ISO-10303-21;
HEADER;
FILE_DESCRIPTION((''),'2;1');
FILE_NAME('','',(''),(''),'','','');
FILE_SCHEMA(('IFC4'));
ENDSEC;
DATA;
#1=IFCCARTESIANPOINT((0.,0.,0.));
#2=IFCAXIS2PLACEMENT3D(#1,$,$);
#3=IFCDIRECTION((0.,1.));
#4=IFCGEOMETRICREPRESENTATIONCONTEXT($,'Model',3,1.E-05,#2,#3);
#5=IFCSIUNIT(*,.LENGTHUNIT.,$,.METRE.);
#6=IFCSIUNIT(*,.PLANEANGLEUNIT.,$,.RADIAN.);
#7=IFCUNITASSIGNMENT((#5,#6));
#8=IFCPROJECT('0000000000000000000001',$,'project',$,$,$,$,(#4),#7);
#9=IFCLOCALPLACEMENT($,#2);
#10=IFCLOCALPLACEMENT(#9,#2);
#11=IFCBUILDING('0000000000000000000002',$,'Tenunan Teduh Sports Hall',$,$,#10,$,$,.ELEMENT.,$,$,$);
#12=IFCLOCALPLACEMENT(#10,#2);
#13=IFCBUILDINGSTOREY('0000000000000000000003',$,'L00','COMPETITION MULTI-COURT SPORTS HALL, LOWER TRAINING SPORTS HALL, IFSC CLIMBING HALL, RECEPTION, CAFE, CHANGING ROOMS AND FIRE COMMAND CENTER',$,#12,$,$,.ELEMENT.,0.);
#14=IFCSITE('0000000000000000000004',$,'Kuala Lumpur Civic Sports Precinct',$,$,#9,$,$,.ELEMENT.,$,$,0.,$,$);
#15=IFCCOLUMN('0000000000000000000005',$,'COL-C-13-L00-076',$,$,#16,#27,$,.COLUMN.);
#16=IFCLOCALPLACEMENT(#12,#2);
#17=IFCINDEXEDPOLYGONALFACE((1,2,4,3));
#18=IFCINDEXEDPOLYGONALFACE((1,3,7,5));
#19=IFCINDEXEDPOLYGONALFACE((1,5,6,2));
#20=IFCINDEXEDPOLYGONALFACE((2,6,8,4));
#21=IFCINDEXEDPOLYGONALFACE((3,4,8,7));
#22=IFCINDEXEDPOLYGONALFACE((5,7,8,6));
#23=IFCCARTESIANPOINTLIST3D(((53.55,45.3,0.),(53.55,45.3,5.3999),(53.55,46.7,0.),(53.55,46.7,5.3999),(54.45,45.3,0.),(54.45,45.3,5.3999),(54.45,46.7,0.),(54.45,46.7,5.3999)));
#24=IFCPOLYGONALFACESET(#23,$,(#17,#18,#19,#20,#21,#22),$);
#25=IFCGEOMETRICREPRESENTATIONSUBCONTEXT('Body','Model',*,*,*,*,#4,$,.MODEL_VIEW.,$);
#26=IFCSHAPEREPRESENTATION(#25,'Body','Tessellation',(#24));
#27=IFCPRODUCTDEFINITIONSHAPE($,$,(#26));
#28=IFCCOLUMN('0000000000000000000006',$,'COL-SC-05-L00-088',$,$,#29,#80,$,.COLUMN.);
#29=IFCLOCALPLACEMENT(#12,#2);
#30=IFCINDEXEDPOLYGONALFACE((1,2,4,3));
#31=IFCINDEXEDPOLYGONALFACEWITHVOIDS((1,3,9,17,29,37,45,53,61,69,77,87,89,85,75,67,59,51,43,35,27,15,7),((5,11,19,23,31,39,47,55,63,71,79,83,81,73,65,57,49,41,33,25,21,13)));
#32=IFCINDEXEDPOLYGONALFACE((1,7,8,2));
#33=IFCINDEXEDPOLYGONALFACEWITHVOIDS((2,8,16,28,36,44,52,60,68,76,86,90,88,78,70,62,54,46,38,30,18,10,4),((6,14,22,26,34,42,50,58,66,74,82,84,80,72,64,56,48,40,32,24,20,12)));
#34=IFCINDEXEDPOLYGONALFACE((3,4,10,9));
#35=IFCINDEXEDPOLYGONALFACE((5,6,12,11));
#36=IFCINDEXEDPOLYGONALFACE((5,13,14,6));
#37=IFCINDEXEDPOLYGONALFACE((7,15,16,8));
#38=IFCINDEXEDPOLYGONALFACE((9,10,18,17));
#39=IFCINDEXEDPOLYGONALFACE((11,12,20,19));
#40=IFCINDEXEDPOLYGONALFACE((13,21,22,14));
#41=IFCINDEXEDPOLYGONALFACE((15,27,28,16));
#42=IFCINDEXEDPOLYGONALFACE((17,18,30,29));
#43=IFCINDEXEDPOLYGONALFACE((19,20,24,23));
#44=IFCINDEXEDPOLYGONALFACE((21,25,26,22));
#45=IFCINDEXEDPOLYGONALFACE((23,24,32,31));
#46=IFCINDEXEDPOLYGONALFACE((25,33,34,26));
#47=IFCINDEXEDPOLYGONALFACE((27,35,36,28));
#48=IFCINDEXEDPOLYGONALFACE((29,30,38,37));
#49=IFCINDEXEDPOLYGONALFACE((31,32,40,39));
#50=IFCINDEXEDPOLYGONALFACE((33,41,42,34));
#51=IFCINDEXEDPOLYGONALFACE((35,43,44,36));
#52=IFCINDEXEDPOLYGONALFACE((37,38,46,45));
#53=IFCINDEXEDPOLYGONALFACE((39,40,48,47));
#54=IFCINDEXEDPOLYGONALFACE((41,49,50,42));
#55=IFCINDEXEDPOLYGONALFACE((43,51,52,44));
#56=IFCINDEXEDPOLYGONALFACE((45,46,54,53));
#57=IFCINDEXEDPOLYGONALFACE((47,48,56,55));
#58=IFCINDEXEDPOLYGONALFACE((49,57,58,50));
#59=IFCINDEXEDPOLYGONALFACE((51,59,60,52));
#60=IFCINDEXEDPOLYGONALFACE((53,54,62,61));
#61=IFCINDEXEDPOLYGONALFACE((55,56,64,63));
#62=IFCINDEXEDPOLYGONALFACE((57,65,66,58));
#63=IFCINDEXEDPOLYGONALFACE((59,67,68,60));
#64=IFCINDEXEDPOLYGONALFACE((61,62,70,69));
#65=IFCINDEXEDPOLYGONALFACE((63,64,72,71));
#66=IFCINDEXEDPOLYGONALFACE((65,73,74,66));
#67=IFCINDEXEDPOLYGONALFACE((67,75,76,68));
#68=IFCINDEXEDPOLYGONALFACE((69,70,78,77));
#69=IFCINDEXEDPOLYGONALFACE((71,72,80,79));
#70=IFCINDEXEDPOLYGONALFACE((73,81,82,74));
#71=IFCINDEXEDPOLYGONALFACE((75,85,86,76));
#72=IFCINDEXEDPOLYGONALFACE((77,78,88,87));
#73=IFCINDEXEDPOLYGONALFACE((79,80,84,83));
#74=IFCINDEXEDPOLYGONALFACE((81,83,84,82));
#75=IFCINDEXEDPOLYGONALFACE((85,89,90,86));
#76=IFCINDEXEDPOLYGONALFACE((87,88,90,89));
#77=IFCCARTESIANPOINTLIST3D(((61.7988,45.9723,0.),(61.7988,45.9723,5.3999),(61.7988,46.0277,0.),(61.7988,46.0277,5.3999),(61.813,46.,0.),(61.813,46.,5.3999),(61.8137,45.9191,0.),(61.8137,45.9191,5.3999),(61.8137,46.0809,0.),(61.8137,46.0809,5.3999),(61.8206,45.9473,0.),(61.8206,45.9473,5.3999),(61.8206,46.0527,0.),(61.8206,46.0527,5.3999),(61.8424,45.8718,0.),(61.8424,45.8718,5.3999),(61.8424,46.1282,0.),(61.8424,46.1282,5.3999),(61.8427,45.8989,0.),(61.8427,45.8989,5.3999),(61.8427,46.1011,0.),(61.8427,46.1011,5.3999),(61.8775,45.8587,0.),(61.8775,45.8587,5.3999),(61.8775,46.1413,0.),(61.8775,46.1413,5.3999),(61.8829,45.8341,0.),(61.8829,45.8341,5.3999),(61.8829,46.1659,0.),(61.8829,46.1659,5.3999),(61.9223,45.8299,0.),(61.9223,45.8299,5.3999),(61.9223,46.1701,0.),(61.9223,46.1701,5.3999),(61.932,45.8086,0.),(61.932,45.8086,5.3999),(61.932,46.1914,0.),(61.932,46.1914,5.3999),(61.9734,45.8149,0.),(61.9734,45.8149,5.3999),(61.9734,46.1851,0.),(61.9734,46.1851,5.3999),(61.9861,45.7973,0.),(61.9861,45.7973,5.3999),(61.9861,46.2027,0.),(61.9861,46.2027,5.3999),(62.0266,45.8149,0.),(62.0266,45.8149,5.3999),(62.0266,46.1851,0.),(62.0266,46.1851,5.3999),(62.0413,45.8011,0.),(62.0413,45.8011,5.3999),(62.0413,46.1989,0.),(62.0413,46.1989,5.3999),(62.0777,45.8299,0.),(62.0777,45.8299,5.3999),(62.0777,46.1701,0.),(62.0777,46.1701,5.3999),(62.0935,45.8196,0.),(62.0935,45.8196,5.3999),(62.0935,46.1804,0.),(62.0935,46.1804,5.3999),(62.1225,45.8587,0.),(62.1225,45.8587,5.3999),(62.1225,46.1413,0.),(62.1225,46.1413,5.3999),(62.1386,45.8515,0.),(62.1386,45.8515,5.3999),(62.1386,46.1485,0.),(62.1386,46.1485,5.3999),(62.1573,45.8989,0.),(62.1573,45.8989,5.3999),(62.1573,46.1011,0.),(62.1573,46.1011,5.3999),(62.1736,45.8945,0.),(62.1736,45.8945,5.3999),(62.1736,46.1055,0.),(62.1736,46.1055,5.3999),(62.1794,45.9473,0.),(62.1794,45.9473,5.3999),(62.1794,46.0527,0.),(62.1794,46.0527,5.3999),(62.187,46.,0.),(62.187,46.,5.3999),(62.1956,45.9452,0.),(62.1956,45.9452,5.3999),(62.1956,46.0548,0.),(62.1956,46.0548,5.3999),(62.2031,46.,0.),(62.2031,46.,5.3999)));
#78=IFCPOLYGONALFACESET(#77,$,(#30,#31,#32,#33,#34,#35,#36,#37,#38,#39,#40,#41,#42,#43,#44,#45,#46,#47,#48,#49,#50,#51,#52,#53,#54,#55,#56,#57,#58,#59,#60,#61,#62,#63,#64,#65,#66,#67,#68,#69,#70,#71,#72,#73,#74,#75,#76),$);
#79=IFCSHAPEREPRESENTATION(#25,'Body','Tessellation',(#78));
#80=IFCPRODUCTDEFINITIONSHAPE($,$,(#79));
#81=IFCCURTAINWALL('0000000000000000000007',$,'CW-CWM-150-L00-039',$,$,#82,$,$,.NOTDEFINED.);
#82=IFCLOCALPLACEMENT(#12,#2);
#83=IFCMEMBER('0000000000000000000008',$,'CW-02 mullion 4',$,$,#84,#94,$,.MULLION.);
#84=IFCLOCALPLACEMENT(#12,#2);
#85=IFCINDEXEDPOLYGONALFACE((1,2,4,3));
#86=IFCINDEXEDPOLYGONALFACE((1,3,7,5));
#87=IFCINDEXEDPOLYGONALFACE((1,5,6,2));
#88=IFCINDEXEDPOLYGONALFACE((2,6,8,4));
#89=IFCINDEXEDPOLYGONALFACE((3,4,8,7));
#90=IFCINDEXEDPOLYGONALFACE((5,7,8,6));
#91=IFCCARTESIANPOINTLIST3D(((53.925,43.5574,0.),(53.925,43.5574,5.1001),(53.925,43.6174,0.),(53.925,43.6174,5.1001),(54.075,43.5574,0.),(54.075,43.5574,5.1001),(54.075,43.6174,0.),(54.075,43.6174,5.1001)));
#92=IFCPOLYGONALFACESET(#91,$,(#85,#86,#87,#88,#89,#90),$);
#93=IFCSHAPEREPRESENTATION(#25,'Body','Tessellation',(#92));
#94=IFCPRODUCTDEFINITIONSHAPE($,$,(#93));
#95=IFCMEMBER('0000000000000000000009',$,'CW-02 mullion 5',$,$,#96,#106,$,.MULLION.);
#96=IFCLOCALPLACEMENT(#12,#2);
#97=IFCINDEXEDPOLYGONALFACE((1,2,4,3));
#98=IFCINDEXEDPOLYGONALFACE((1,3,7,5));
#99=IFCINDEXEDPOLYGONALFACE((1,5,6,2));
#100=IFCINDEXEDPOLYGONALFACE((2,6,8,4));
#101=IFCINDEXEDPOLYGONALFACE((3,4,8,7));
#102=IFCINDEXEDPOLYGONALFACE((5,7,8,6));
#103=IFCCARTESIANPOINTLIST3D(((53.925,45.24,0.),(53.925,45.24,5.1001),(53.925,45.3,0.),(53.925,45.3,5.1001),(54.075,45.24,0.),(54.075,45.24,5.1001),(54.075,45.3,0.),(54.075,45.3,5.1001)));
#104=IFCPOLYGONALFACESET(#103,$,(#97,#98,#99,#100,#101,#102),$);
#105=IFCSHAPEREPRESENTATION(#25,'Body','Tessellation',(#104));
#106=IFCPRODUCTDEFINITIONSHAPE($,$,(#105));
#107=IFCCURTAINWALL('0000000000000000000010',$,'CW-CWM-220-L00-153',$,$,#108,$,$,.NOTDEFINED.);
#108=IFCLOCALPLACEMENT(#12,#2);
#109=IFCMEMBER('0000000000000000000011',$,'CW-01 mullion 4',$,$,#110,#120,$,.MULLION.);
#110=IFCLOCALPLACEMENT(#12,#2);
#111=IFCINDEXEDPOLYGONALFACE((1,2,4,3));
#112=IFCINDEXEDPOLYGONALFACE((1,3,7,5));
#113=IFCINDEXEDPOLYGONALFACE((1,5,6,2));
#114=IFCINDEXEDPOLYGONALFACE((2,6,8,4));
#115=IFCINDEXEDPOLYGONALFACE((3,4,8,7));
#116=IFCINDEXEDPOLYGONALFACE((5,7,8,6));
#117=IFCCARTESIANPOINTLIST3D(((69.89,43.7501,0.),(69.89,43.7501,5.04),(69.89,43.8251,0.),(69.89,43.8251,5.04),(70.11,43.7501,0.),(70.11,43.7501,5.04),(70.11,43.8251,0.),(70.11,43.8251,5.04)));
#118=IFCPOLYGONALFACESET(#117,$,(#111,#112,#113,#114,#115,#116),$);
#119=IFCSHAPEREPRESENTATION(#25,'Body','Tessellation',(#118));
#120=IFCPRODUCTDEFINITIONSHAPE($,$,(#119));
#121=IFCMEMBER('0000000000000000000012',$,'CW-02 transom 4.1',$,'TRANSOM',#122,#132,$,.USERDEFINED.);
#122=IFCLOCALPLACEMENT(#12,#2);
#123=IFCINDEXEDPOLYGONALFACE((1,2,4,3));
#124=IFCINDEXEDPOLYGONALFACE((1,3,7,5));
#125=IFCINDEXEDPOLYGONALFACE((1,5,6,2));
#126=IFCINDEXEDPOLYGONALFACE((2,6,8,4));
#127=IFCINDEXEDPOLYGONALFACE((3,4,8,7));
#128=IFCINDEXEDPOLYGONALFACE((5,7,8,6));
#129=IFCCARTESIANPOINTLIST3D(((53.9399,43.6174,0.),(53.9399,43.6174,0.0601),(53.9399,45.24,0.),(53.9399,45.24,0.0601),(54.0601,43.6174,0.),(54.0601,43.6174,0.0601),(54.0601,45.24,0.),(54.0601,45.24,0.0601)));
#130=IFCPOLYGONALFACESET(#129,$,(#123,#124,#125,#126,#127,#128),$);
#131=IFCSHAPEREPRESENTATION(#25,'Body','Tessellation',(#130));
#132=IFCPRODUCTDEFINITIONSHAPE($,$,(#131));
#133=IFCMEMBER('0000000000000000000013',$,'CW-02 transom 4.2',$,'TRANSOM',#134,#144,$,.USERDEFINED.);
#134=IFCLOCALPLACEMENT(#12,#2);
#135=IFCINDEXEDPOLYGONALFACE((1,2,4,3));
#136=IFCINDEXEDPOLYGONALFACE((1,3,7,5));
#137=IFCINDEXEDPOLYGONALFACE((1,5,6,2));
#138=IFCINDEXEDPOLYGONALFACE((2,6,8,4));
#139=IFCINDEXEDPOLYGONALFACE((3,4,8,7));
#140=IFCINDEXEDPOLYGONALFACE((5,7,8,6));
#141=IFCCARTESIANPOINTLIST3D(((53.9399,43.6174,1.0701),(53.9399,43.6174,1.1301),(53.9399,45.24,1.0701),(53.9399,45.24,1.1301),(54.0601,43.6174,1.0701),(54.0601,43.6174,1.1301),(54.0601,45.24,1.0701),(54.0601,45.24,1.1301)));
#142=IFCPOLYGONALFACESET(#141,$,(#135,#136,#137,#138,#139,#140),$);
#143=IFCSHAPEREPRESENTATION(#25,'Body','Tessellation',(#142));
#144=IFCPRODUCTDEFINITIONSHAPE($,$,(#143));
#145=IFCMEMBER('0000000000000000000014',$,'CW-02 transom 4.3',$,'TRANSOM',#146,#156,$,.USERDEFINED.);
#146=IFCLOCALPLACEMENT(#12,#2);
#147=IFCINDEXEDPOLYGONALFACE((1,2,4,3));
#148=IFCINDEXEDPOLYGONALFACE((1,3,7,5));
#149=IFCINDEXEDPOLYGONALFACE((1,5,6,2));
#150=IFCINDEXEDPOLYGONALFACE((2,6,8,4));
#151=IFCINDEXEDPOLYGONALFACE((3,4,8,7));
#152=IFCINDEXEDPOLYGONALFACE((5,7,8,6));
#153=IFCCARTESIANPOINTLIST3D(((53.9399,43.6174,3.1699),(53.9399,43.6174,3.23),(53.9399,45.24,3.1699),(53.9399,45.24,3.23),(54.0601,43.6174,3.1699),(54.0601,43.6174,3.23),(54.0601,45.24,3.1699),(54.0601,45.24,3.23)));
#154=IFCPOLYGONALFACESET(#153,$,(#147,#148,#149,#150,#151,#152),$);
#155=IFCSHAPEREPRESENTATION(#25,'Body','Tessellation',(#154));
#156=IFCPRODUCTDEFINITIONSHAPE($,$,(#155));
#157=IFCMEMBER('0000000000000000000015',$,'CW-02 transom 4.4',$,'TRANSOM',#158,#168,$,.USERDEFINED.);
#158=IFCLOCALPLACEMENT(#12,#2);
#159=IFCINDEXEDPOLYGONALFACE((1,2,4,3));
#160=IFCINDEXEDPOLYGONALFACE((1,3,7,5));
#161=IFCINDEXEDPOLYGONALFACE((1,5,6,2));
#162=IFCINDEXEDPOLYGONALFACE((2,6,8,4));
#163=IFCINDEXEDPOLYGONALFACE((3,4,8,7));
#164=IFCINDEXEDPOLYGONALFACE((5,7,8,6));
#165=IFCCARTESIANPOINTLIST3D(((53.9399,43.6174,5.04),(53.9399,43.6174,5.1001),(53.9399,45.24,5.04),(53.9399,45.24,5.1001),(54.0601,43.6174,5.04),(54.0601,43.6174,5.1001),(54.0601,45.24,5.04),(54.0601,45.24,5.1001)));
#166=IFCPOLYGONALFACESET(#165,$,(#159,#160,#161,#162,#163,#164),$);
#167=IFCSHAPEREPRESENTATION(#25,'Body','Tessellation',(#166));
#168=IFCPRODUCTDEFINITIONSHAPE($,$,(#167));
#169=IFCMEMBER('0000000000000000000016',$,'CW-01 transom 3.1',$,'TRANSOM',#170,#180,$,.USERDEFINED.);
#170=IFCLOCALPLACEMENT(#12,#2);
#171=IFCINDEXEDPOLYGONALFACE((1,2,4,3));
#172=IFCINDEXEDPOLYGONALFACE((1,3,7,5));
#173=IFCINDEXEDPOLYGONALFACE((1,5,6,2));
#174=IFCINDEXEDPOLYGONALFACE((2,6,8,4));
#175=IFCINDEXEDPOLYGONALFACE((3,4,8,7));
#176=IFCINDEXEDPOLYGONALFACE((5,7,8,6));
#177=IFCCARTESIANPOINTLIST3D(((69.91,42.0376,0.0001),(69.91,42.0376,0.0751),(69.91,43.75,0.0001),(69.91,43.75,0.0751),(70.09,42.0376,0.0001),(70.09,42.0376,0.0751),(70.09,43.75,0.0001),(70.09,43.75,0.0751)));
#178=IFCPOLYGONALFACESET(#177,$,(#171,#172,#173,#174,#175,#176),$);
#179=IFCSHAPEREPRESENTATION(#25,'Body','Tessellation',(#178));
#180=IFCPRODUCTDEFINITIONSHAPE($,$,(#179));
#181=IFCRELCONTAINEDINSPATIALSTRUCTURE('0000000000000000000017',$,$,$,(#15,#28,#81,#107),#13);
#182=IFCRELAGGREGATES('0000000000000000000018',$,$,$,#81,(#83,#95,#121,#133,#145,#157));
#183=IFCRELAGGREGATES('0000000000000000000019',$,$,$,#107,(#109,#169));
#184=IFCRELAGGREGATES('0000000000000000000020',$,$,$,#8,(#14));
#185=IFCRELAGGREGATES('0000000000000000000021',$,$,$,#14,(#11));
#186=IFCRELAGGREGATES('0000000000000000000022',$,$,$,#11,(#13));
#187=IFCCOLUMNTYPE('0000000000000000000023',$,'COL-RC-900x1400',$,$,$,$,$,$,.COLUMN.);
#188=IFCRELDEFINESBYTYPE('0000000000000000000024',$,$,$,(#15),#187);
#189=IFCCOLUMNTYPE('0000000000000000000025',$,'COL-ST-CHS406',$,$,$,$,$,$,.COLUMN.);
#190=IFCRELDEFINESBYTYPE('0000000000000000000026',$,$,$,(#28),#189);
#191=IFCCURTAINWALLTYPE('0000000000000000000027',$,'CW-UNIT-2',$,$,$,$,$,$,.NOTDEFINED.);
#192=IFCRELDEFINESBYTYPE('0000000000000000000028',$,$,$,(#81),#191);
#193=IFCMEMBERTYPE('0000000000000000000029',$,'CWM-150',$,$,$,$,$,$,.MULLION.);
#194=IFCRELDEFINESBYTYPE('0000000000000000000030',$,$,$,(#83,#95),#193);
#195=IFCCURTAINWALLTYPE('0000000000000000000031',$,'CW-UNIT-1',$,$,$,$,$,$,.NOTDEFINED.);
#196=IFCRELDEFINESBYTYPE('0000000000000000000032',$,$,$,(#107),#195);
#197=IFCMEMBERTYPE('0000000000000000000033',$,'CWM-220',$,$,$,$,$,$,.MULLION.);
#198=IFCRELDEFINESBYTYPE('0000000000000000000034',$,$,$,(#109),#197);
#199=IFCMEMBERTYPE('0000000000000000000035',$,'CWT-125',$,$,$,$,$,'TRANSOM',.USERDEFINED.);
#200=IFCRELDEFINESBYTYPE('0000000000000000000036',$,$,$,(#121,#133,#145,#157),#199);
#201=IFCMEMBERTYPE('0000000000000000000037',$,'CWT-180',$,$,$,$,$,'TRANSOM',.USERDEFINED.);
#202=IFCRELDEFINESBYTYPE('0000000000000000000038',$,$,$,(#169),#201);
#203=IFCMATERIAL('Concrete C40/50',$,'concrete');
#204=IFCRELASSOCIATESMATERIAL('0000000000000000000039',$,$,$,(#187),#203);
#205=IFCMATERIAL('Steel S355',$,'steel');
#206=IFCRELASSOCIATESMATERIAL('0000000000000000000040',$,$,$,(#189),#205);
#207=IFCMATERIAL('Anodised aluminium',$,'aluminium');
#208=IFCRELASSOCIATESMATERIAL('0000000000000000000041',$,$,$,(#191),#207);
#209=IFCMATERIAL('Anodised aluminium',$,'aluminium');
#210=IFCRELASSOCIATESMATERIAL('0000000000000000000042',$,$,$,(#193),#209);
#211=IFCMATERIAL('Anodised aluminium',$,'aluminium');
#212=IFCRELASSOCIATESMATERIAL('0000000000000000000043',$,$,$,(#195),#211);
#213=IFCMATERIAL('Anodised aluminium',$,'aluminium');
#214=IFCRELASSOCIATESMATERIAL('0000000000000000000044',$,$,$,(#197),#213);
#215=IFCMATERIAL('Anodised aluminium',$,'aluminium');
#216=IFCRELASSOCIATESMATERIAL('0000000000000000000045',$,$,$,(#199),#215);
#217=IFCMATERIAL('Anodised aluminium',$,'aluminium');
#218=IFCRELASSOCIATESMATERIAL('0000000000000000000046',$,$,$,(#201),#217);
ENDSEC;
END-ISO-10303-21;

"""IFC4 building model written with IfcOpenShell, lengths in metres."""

from ifc_helpers import new_model, si_unit, direction, frame, origin, origin_2d, place, context, subcontext, project, spatial, rectangle, hollow_circle, extrude, material, material_profile, profile_set, type_object, element, aggregate, save


model = new_model("IFC4")

# Units and contexts
model_context = context("Model", 3, precision=1e-05, world=origin(), true_north=direction((0.0, 1.0)))
body_context = subcontext(model_context, "Body", "Model", "MODEL_VIEW")
ifc_project = project(units=[si_unit("LENGTHUNIT", "METRE"), si_unit("PLANEANGLEUNIT", "RADIAN")], contexts=[model_context])

# Site, building, storey
site_placement = place(None, origin())
site = spatial("IfcSite", under=ifc_project, at=site_placement, Name="Kuala Lumpur Civic Sports Precinct", CompositionType="ELEMENT", RefElevation=0.0)
building_placement = place(site_placement, origin())
building = spatial("IfcBuilding", under=site, at=building_placement, Name="Tenunan Teduh Sports Hall", CompositionType="ELEMENT")
storey_placement = place(building_placement, origin())
storey = spatial("IfcBuildingStorey", under=building, at=storey_placement, Name="L00", Description="COMPETITION MULTI-COURT SPORTS HALL, LOWER TRAINING SPORTS HALL, IFSC CLIMBING HALL, RECEPTION, CAFE, CHANGING ROOMS AND FIRE COMMAND CENTER", CompositionType="ELEMENT", Elevation=0.0)

# Columns
ifc_material_1 = material(Name="Concrete C40/50", Category="concrete")
ifc_material_profile_1 = material_profile(ifc_material_1, rectangle(XDim=0.8999, YDim=1.3999, at=origin_2d()), Name="RC 900x1400")
ifc_profile_set_1 = profile_set([ifc_material_profile_1], Name="Concrete C40/50")
column_type_1 = type_object("IfcColumnType", Name="COL-RC-900x1400", PredefinedType="COLUMN", material=ifc_profile_set_1)
column_1_placement = place(storey_placement, frame((54.0, 46.0, 0.0), z_axis=(0.0, 0.0, 1.0), x_axis=(1.0, 0.0, 0.0)))
element("IfcColumn", 1, at=column_1_placement, inside=storey, type_object=column_type_1, Name="COL-C-13-L00-076", PredefinedType="COLUMN", context=body_context, shape_type="SweptSolid", body=[
    extrude(rectangle(XDim=0.8999, YDim=1.3999, at=origin_2d()), origin(), (0.0, 0.0, 1.0), 5.3999),
])
ifc_material_2 = material(Name="Steel S355", Category="steel")
ifc_material_profile_2 = material_profile(ifc_material_2, hollow_circle(Radius=0.2031, WallThickness=0.0161, at=origin_2d()), Name="CHS 406.4x16.0")
ifc_profile_set_2 = profile_set([ifc_material_profile_2], Name="Steel S355")
column_type_2 = type_object("IfcColumnType", Name="COL-ST-CHS406", PredefinedType="COLUMN", material=ifc_profile_set_2)
column_2_placement = place(storey_placement, frame((62.0, 46.0, 0.0), z_axis=(0.0, 0.0, 1.0), x_axis=(1.0, 0.0, 0.0)))
element("IfcColumn", 2, at=column_2_placement, inside=storey, type_object=column_type_2, Name="COL-SC-05-L00-088", PredefinedType="COLUMN", context=body_context, shape_type="SweptSolid", body=[
    extrude(hollow_circle(Radius=0.2031, WallThickness=0.0161, at=origin_2d()), origin(), (0.0, 0.0, 1.0), 5.3999),
])

# Curtain wall, members
ifc_material_3 = material(Name="Anodised aluminium", Category="aluminium")
curtain_wall_type_1 = type_object("IfcCurtainWallType", Name="CW-UNIT-2", PredefinedType="NOTDEFINED", material=ifc_material_3)
curtain_wall_1_placement = place(storey_placement, origin())
curtain_wall_1 = element("IfcCurtainWall", 3, at=curtain_wall_1_placement, inside=storey, type_object=curtain_wall_type_1, Name="CW-CWM-150-L00-039", PredefinedType="NOTDEFINED")
ifc_material_4 = material(Name="Anodised aluminium", Category="aluminium")
ifc_material_profile_3 = material_profile(ifc_material_4, rectangle(XDim=0.0601, YDim=0.1499, at=origin_2d()), Name="CWM 60x150")
ifc_profile_set_3 = profile_set([ifc_material_profile_3], Name="Anodised aluminium")
member_type_1 = type_object("IfcMemberType", Name="CWM-150", PredefinedType="MULLION", material=ifc_profile_set_3)
member_1_placement = place(storey_placement, frame((54.0, 43.5874, 0.0), z_axis=(0.0, 0.0, 1.0), x_axis=(0.0, 1.0, 0.0)))
member_1 = element("IfcMember", 4, at=member_1_placement, type_object=member_type_1, Name="CW-02 mullion 4", PredefinedType="MULLION", context=body_context, shape_type="SweptSolid", body=[
    extrude(rectangle(XDim=0.0601, YDim=0.1499, at=origin_2d()), origin(), (0.0, 0.0, 1.0), 5.1001),
])
member_2_placement = place(storey_placement, frame((54.0, 45.27, 0.0), z_axis=(0.0, 0.0, 1.0), x_axis=(0.0, 1.0, 0.0)))
member_2 = element("IfcMember", 5, at=member_2_placement, type_object=member_type_1, Name="CW-02 mullion 5", PredefinedType="MULLION", context=body_context, shape_type="SweptSolid", body=[
    extrude(rectangle(XDim=0.0601, YDim=0.1499, at=origin_2d()), origin(), (0.0, 0.0, 1.0), 5.1001),
])

# Curtain wall, member
ifc_material_5 = material(Name="Anodised aluminium", Category="aluminium")
curtain_wall_type_2 = type_object("IfcCurtainWallType", Name="CW-UNIT-1", PredefinedType="NOTDEFINED", material=ifc_material_5)
curtain_wall_2_placement = place(storey_placement, origin())
curtain_wall_2 = element("IfcCurtainWall", 6, at=curtain_wall_2_placement, inside=storey, type_object=curtain_wall_type_2, Name="CW-CWM-220-L00-153", PredefinedType="NOTDEFINED")
ifc_material_6 = material(Name="Anodised aluminium", Category="aluminium")
ifc_material_profile_4 = material_profile(ifc_material_6, rectangle(XDim=0.075, YDim=0.22, at=origin_2d()), Name="CWM 75x220")
ifc_profile_set_4 = profile_set([ifc_material_profile_4], Name="Anodised aluminium")
member_type_2 = type_object("IfcMemberType", Name="CWM-220", PredefinedType="MULLION", material=ifc_profile_set_4)
member_3_placement = place(storey_placement, frame((70.0, 43.7876, 0.0), z_axis=(0.0, 0.0, 1.0), x_axis=(0.0, 1.0, 0.0)))
member_3 = element("IfcMember", 7, at=member_3_placement, type_object=member_type_2, Name="CW-01 mullion 4", PredefinedType="MULLION", context=body_context, shape_type="SweptSolid", body=[
    extrude(rectangle(XDim=0.075, YDim=0.22, at=origin_2d()), origin(), (0.0, 0.0, 1.0), 5.04),
])

# Members
ifc_material_7 = material(Name="Anodised aluminium", Category="aluminium")
ifc_material_profile_5 = material_profile(ifc_material_7, rectangle(XDim=0.0601, YDim=0.1201, at=origin_2d()), Name="CWT 60x120")
ifc_profile_set_5 = profile_set([ifc_material_profile_5], Name="Anodised aluminium")
member_type_3 = type_object("IfcMemberType", Name="CWT-125", ElementType="TRANSOM", PredefinedType="USERDEFINED", material=ifc_profile_set_5)
member_4_placement = place(storey_placement, frame((54.0, 43.6174, 0.03), z_axis=(0.0, 1.0, 0.0), x_axis=(0.0, 0.0, 1.0)))
member_4 = element("IfcMember", 8, at=member_4_placement, type_object=member_type_3, Name="CW-02 transom 4.1", ObjectType="TRANSOM", PredefinedType="USERDEFINED", context=body_context, shape_type="SweptSolid", body=[
    extrude(rectangle(XDim=0.0601, YDim=0.1201, at=origin_2d()), origin(), (0.0, 0.0, 1.0), 1.6226),
])
member_5_placement = place(storey_placement, frame((54.0, 43.6174, 1.1001), z_axis=(0.0, 1.0, 0.0), x_axis=(0.0, 0.0, 1.0)))
member_5 = element("IfcMember", 9, at=member_5_placement, type_object=member_type_3, Name="CW-02 transom 4.2", ObjectType="TRANSOM", PredefinedType="USERDEFINED", context=body_context, shape_type="SweptSolid", body=[
    extrude(rectangle(XDim=0.0601, YDim=0.1201, at=origin_2d()), origin(), (0.0, 0.0, 1.0), 1.6226),
])
member_6_placement = place(storey_placement, frame((54.0, 43.6174, 3.2), z_axis=(0.0, 1.0, 0.0), x_axis=(0.0, 0.0, 1.0)))
member_6 = element("IfcMember", 10, at=member_6_placement, type_object=member_type_3, Name="CW-02 transom 4.3", ObjectType="TRANSOM", PredefinedType="USERDEFINED", context=body_context, shape_type="SweptSolid", body=[
    extrude(rectangle(XDim=0.0601, YDim=0.1201, at=origin_2d()), origin(), (0.0, 0.0, 1.0), 1.6226),
])
member_7_placement = place(storey_placement, frame((54.0, 43.6174, 5.0701), z_axis=(0.0, 1.0, 0.0), x_axis=(0.0, 0.0, 1.0)))
member_7 = element("IfcMember", 11, at=member_7_placement, type_object=member_type_3, Name="CW-02 transom 4.4", ObjectType="TRANSOM", PredefinedType="USERDEFINED", context=body_context, shape_type="SweptSolid", body=[
    extrude(rectangle(XDim=0.0601, YDim=0.1201, at=origin_2d()), origin(), (0.0, 0.0, 1.0), 1.6226),
])
ifc_material_8 = material(Name="Anodised aluminium", Category="aluminium")
ifc_material_profile_6 = material_profile(ifc_material_8, rectangle(XDim=0.075, YDim=0.1799, at=origin_2d()), Name="CWT 75x180")
ifc_profile_set_6 = profile_set([ifc_material_profile_6], Name="Anodised aluminium")
member_type_4 = type_object("IfcMemberType", Name="CWT-180", ElementType="TRANSOM", PredefinedType="USERDEFINED", material=ifc_profile_set_6)
member_8_placement = place(storey_placement, frame((70.0, 42.0376, 0.0376), z_axis=(0.0, 1.0, 0.0), x_axis=(0.0, 0.0, 1.0)))
member_8 = element("IfcMember", 12, at=member_8_placement, type_object=member_type_4, Name="CW-01 transom 3.1", ObjectType="TRANSOM", PredefinedType="USERDEFINED", context=body_context, shape_type="SweptSolid", body=[
    extrude(rectangle(XDim=0.075, YDim=0.1799, at=origin_2d()), origin(), (0.0, 0.0, 1.0), 1.7124),
])

aggregate(curtain_wall_1, [member_1, member_2, member_4, member_5, member_6, member_7])
aggregate(curtain_wall_2, [member_3, member_8])

save(model, "model.ifc")
